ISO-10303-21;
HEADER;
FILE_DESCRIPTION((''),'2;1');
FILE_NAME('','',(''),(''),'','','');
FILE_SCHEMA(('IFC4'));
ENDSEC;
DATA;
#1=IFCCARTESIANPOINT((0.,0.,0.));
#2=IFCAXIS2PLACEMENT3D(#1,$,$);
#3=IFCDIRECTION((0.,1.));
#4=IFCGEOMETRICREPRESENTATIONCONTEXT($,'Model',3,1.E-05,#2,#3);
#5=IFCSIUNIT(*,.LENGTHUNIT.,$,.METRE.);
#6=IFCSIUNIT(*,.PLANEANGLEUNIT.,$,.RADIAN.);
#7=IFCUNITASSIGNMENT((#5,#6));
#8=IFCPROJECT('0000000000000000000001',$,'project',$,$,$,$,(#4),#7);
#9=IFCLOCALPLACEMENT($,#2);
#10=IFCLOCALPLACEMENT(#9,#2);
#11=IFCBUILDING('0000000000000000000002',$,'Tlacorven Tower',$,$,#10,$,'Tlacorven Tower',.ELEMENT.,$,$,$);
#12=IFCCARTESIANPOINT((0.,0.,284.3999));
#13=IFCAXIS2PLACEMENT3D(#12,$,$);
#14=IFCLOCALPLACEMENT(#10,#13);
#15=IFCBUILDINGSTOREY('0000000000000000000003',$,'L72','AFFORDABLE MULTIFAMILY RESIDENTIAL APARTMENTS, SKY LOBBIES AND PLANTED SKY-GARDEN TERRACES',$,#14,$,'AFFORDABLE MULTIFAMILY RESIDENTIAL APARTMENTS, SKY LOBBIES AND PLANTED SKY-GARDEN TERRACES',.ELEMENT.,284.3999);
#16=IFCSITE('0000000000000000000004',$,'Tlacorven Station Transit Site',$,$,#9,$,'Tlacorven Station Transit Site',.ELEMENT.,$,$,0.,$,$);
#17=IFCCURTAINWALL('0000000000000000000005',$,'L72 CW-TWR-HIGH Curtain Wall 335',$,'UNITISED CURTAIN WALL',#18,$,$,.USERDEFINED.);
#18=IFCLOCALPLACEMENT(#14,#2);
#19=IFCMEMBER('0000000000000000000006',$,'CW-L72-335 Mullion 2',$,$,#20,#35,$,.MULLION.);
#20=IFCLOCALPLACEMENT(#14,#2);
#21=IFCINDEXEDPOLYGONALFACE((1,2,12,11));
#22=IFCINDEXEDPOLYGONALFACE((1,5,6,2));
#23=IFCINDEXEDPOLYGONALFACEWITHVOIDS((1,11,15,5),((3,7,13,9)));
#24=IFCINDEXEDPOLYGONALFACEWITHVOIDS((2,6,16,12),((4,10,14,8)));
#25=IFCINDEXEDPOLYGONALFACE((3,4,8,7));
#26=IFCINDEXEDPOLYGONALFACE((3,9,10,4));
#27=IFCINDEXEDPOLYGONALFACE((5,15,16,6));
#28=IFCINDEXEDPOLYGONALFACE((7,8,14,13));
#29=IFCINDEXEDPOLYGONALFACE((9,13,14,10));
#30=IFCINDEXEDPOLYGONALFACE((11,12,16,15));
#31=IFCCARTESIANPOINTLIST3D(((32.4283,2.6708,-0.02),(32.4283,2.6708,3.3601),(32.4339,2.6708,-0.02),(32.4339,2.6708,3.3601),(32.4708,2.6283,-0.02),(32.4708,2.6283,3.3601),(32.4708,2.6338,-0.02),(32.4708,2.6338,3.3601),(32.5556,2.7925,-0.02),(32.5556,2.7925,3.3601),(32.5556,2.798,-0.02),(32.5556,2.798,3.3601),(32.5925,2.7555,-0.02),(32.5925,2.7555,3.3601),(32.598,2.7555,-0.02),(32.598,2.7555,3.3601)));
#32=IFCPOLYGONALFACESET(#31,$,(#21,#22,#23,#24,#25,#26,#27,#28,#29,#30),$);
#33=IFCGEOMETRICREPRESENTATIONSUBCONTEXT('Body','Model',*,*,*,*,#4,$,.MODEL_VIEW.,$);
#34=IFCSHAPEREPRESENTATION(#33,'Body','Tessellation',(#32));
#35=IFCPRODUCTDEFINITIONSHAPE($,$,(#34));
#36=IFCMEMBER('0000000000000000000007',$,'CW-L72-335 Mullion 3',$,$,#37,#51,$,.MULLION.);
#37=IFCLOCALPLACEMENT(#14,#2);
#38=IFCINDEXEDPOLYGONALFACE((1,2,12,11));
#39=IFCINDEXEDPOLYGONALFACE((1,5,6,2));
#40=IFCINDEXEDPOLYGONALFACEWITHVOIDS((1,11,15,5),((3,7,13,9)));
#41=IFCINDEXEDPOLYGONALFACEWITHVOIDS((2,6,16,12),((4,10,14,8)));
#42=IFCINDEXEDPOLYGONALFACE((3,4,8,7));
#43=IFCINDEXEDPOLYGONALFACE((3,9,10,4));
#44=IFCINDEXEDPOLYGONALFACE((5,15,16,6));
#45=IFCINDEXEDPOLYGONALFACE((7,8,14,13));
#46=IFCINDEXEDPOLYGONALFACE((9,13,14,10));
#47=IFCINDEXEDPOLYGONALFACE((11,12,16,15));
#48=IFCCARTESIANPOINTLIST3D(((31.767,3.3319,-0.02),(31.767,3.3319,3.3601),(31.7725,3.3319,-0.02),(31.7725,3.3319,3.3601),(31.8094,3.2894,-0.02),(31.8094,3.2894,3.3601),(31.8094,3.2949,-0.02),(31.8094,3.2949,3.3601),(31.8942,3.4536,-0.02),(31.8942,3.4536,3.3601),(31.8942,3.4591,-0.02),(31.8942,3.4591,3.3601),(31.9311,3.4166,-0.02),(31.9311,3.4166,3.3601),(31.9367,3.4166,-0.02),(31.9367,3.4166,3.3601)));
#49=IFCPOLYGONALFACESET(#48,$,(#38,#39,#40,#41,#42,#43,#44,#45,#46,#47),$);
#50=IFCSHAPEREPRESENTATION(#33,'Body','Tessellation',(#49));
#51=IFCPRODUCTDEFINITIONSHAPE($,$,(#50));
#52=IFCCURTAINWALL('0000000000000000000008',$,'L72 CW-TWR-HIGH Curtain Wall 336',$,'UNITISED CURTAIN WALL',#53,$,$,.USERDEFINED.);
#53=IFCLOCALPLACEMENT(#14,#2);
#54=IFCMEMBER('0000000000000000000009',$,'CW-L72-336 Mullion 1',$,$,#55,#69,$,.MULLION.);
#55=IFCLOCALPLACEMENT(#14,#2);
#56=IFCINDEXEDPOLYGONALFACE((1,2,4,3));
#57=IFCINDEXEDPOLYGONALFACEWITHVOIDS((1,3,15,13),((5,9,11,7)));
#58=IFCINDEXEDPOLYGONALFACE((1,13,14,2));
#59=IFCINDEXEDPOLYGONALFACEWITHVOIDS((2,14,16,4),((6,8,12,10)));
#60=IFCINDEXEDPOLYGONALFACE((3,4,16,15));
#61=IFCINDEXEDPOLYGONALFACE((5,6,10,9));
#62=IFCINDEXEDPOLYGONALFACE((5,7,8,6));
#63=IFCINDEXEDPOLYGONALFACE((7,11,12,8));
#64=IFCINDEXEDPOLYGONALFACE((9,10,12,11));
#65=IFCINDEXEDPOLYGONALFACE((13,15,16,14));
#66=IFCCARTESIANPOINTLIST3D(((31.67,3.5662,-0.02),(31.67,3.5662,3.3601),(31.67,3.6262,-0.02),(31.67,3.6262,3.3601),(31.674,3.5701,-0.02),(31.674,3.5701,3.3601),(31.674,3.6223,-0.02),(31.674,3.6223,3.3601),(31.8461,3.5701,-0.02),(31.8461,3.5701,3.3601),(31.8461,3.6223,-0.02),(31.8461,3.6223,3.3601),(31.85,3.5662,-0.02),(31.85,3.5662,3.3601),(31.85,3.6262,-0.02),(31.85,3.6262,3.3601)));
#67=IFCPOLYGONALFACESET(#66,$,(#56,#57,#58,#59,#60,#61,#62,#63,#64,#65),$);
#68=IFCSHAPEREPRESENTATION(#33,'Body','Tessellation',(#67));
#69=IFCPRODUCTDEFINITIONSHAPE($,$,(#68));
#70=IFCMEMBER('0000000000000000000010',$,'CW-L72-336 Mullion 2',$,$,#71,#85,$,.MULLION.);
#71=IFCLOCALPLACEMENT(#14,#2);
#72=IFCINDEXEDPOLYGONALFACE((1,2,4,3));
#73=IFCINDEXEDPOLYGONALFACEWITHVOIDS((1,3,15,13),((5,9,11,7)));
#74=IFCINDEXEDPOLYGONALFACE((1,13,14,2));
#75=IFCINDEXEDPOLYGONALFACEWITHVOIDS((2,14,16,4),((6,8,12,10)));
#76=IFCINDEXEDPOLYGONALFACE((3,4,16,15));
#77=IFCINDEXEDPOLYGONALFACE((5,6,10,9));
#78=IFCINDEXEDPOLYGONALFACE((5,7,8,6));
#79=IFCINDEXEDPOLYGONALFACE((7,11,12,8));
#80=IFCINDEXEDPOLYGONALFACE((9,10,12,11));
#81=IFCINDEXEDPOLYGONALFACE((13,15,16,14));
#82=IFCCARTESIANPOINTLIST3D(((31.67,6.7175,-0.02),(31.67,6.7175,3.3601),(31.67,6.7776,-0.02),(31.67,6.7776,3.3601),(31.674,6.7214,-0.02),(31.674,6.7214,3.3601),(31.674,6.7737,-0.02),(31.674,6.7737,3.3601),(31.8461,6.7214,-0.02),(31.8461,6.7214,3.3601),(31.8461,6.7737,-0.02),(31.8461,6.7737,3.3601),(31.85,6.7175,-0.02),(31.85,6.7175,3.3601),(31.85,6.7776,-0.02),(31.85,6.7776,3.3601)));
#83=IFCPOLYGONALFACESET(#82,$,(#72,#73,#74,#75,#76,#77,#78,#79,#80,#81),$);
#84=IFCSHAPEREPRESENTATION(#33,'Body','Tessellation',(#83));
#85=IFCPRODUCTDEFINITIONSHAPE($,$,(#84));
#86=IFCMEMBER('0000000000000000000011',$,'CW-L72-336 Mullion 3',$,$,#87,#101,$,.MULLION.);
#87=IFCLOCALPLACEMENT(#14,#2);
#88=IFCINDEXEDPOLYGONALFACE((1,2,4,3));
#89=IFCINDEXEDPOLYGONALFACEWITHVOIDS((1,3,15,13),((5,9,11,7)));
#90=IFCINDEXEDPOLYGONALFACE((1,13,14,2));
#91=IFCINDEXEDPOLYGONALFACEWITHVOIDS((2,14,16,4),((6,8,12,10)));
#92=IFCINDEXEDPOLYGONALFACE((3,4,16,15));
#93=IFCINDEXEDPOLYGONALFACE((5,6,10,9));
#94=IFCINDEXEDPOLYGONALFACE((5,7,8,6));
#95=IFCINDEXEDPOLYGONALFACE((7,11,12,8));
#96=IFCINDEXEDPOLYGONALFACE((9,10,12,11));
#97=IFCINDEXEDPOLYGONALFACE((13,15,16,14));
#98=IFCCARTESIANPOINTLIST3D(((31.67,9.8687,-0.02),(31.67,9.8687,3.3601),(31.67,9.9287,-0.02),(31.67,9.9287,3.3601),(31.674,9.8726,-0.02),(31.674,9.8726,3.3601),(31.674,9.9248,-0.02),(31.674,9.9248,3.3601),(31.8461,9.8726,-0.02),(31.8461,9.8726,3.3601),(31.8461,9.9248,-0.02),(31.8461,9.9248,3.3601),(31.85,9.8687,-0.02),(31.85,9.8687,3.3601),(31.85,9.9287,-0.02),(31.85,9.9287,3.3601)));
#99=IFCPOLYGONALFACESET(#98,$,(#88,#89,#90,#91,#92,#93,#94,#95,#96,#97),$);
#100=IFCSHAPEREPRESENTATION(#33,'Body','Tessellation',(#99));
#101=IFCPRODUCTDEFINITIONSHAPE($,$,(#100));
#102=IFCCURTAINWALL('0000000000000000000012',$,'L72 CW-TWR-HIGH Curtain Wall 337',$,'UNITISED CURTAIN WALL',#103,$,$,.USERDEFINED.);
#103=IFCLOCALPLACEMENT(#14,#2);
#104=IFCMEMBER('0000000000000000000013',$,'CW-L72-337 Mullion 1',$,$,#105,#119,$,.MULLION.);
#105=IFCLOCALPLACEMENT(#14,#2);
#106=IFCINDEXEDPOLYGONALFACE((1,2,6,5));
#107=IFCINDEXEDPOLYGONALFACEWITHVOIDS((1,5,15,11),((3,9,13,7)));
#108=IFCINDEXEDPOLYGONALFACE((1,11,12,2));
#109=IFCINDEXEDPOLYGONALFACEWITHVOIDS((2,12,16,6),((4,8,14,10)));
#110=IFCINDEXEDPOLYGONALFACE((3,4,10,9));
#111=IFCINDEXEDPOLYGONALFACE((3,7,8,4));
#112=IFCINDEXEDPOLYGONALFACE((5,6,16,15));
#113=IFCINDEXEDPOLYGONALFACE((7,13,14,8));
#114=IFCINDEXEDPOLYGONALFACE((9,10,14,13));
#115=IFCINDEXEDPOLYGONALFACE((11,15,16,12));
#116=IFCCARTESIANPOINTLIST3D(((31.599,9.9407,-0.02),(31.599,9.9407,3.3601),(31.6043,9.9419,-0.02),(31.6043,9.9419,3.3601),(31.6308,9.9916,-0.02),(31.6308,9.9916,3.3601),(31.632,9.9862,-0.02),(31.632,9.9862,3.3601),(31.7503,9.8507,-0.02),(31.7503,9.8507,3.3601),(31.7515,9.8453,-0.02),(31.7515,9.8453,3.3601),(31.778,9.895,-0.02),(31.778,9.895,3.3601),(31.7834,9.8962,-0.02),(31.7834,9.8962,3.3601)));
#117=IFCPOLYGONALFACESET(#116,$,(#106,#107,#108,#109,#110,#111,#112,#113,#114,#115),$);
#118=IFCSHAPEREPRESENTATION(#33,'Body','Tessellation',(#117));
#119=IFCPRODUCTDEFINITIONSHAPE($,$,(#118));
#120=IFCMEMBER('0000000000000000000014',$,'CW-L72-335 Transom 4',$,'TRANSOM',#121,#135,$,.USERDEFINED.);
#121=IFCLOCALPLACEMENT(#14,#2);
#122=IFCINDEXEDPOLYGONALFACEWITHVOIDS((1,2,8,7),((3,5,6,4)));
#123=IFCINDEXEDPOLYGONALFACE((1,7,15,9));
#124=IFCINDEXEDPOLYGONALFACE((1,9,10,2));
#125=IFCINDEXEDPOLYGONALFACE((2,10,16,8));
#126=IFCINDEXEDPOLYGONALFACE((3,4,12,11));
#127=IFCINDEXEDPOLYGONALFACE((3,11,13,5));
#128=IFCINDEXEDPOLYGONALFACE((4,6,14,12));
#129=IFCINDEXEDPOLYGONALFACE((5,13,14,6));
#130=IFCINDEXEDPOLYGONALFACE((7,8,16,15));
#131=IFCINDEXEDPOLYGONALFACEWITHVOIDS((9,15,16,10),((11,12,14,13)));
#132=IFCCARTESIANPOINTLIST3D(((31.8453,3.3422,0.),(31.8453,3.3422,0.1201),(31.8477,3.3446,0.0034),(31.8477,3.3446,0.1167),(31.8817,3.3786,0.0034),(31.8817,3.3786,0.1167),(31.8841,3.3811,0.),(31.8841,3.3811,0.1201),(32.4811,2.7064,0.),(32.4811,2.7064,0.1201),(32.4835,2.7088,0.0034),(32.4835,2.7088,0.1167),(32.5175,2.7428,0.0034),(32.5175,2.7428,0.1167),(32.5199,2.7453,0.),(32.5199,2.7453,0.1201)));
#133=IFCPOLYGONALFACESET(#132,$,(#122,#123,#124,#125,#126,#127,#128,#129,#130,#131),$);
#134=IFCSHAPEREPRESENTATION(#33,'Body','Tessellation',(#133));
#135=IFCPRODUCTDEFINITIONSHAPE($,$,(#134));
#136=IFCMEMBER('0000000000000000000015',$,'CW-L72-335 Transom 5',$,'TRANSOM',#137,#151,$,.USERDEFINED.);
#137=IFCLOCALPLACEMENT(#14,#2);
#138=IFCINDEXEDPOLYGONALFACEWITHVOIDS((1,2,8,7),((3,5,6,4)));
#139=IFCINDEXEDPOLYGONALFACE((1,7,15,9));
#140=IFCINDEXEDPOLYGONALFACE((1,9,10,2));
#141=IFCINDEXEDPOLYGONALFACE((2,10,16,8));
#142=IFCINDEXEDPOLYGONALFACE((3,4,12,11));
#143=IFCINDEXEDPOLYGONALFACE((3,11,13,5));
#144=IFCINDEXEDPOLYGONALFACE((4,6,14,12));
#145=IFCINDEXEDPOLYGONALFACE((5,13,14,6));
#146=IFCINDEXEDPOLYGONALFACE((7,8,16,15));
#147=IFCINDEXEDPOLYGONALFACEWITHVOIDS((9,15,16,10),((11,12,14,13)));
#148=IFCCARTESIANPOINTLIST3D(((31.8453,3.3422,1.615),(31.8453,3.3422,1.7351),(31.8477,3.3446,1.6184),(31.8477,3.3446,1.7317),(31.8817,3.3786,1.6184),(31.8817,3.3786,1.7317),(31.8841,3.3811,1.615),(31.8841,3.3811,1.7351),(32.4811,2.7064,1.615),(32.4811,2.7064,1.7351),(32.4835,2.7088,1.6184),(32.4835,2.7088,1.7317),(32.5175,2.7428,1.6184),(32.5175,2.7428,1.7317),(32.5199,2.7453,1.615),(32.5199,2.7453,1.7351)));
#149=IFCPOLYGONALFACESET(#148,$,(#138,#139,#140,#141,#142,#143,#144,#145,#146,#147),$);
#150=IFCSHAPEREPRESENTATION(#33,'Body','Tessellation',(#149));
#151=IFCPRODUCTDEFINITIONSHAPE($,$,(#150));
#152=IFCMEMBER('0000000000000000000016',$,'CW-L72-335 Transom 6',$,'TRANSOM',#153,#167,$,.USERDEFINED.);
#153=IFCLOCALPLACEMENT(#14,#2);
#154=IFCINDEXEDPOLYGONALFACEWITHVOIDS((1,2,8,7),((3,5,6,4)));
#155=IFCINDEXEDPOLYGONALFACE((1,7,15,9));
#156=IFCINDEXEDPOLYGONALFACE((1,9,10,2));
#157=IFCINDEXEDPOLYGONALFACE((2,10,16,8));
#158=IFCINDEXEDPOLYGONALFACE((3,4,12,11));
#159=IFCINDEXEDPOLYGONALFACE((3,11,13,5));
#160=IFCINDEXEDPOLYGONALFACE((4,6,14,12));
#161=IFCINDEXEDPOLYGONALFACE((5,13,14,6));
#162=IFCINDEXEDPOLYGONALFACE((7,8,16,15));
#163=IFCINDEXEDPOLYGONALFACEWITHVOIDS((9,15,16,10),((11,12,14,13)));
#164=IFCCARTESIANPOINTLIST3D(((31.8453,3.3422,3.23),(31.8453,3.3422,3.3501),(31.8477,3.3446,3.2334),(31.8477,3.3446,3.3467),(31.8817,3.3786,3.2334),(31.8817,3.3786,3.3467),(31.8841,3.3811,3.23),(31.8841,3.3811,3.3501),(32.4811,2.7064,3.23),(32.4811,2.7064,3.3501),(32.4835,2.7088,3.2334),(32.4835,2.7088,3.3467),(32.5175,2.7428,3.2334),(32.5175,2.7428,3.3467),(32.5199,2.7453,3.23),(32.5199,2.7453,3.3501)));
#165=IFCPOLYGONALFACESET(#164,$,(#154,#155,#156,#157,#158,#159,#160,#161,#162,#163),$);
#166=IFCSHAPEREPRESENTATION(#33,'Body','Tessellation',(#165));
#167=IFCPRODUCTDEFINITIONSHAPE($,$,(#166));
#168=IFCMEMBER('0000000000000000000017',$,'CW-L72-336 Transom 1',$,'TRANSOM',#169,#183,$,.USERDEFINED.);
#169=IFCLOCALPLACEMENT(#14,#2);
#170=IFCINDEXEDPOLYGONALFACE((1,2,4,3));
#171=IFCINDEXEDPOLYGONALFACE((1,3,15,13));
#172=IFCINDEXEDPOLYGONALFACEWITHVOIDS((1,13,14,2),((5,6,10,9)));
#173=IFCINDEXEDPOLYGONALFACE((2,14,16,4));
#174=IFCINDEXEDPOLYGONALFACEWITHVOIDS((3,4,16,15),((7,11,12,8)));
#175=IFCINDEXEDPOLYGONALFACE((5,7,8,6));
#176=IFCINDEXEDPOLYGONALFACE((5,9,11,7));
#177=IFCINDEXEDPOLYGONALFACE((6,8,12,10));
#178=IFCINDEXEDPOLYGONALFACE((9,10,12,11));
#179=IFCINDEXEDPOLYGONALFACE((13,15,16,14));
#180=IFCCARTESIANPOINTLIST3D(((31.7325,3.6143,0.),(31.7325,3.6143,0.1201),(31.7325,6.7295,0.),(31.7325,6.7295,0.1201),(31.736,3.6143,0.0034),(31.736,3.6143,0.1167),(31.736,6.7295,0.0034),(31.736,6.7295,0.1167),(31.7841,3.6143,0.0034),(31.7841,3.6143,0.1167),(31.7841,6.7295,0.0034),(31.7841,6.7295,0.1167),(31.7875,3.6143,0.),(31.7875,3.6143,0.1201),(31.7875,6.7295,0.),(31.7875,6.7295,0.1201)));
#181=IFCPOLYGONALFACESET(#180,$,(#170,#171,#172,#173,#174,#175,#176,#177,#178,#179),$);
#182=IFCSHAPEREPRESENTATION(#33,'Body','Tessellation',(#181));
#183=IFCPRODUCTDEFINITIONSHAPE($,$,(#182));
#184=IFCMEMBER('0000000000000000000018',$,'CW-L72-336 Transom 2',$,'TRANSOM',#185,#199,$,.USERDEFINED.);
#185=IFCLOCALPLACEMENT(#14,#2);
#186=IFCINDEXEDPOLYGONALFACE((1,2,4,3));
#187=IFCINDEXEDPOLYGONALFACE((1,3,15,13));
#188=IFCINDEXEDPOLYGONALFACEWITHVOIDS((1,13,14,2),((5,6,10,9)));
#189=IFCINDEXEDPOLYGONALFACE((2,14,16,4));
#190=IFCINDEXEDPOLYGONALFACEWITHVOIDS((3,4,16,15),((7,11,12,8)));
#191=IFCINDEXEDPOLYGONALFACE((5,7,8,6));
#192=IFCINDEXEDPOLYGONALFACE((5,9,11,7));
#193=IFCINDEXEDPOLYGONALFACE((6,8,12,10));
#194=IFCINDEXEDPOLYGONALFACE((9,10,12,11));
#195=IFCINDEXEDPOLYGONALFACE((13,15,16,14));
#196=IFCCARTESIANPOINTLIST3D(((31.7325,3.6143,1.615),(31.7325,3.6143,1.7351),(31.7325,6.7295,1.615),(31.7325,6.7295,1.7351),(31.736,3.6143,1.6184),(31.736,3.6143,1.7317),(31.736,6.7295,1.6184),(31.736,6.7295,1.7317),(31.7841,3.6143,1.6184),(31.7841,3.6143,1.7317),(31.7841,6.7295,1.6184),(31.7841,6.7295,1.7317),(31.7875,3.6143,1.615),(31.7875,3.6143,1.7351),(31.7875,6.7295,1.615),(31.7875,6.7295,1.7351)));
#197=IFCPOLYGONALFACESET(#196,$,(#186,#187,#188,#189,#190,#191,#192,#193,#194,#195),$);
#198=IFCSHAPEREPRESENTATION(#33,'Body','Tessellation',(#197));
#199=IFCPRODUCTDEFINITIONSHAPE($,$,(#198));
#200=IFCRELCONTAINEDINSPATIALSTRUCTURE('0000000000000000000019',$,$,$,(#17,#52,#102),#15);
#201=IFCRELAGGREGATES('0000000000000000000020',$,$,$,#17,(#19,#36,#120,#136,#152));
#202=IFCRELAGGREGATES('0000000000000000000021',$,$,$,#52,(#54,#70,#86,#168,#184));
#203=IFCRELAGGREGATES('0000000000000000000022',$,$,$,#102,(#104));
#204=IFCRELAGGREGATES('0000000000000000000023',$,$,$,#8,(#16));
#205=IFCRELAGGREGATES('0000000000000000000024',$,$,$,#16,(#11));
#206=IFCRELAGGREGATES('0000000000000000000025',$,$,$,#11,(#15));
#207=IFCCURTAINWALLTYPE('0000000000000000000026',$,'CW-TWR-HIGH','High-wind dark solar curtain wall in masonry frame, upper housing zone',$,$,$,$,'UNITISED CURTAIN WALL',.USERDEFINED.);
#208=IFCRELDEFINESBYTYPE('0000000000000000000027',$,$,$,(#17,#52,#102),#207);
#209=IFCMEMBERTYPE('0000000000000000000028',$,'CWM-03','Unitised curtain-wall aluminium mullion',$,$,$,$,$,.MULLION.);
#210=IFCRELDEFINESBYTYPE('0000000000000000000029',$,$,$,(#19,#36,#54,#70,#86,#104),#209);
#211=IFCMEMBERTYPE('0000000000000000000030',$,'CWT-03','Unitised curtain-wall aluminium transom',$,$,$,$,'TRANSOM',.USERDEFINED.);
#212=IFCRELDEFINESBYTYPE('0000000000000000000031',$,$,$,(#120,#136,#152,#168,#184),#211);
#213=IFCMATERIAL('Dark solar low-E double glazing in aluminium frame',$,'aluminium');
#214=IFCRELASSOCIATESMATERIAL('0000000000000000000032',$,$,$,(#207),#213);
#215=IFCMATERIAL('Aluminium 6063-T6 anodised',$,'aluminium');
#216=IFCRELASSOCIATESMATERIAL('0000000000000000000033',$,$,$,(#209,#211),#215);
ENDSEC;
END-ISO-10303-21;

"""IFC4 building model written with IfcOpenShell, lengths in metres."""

from ifc_helpers import new_model, si_unit, direction, frame, origin, origin_2d, place, context, subcontext, project, spatial, hollow_rectangle, extrude, source, transform, mapped, material, material_profile, profile_set, type_object, element, aggregate, save


model = new_model("IFC4")

# Units and contexts
model_context = context("Model", 3, precision=1e-05, world=origin(), true_north=direction((0.0, 1.0)))
body_context = subcontext(model_context, "Body", "Model", "MODEL_VIEW")
ifc_project = project(units=[si_unit("LENGTHUNIT", "METRE"), si_unit("PLANEANGLEUNIT", "RADIAN")], contexts=[model_context])

# Site, building, storey
site_placement = place(None, origin())
site = spatial("IfcSite", under=ifc_project, at=site_placement, Name="Tlacorven Station Transit Site", LongName="Tlacorven Station Transit Site", CompositionType="ELEMENT", RefElevation=0.0)
building_placement = place(site_placement, origin())
building = spatial("IfcBuilding", under=site, at=building_placement, Name="Tlacorven Tower", LongName="Tlacorven Tower", CompositionType="ELEMENT")
storey_placement = place(building_placement, frame((0.0, 0.0, 284.3999)))
storey = spatial("IfcBuildingStorey", under=building, at=storey_placement, Name="L72", Description="AFFORDABLE MULTIFAMILY RESIDENTIAL APARTMENTS, SKY LOBBIES AND PLANTED SKY-GARDEN TERRACES", LongName="AFFORDABLE MULTIFAMILY RESIDENTIAL APARTMENTS, SKY LOBBIES AND PLANTED SKY-GARDEN TERRACES", CompositionType="ELEMENT", Elevation=284.3999)

# Curtain walls, members
ifc_material_1 = material(Name="Dark solar low-E double glazing in aluminium frame", Category="aluminium")
curtain_wall_type = type_object("IfcCurtainWallType", Name="CW-TWR-HIGH", Description="High-wind dark solar curtain wall in masonry frame, upper housing zone", ElementType="UNITISED CURTAIN WALL", PredefinedType="USERDEFINED", material=ifc_material_1)
curtain_wall_1_placement = place(storey_placement, origin())
curtain_wall_1 = element("IfcCurtainWall", 1, at=curtain_wall_1_placement, inside=storey, type_object=curtain_wall_type, Name="L72 CW-TWR-HIGH Curtain Wall 335", ObjectType="UNITISED CURTAIN WALL", PredefinedType="USERDEFINED")
ifc_material_2 = material(Name="Aluminium 6063-T6 anodised", Category="aluminium")
ifc_material_profile_1 = material_profile(ifc_material_2, hollow_rectangle(XDim=0.0601, YDim=0.1799, WallThickness=0.0039, at=origin_2d()), Name="ALU MULLION 60X180")
ifc_profile_set_1 = profile_set([ifc_material_profile_1], Name="Aluminium 6063-T6 anodised")
member_type_1 = type_object("IfcMemberType", Name="CWM-03", Description="Unitised curtain-wall aluminium mullion", PredefinedType="MULLION", material=ifc_profile_set_1)
shared_shape_1 = source(origin(), body_context, "Body", "SweptSolid", [
    extrude(hollow_rectangle(XDim=0.0601, YDim=0.1799, WallThickness=0.0039, at=origin_2d()), origin(), (0.0, 0.0, 1.0), 3.3801),
])
member_1_placement = place(storey_placement, frame((32.5132, 2.7131, -0.02), z_axis=(0.0, 0.0, 1.0), x_axis=(-0.707107, 0.707107, 0.0)))
member_1 = element("IfcMember", 2, at=member_1_placement, type_object=member_type_1, Name="CW-L72-335 Mullion 2", PredefinedType="MULLION", context=body_context, shape_type="MappedRepresentation", body=[
    mapped(shared_shape_1, transform((0.0, 0.0, 0.0), scale=1.0)),
])
member_2_placement = place(storey_placement, frame((31.8518, 3.3743, -0.02), z_axis=(0.0, 0.0, 1.0), x_axis=(-0.707107, 0.707107, 0.0)))
member_2 = element("IfcMember", 3, at=member_2_placement, type_object=member_type_1, Name="CW-L72-335 Mullion 3", PredefinedType="MULLION", context=body_context, shape_type="MappedRepresentation", body=[
    mapped(shared_shape_1, transform((0.0, 0.0, 0.0), scale=1.0)),
])
curtain_wall_2_placement = place(storey_placement, origin())
curtain_wall_2 = element("IfcCurtainWall", 4, at=curtain_wall_2_placement, inside=storey, type_object=curtain_wall_type, Name="L72 CW-TWR-HIGH Curtain Wall 336", ObjectType="UNITISED CURTAIN WALL", PredefinedType="USERDEFINED")
member_3_placement = place(storey_placement, frame((31.76, 3.5962, -0.02), z_axis=(0.0, 0.0, 1.0), x_axis=(0.0, 1.0, 0.0)))
member_3 = element("IfcMember", 5, at=member_3_placement, type_object=member_type_1, Name="CW-L72-336 Mullion 1", PredefinedType="MULLION", context=body_context, shape_type="MappedRepresentation", body=[
    mapped(shared_shape_1, transform((0.0, 0.0, 0.0), scale=1.0)),
])
member_4_placement = place(storey_placement, frame((31.76, 6.7476, -0.02), z_axis=(0.0, 0.0, 1.0), x_axis=(0.0, 1.0, 0.0)))
member_4 = element("IfcMember", 6, at=member_4_placement, type_object=member_type_1, Name="CW-L72-336 Mullion 2", PredefinedType="MULLION", context=body_context, shape_type="MappedRepresentation", body=[
    mapped(shared_shape_1, transform((0.0, 0.0, 0.0), scale=1.0)),
])
member_5_placement = place(storey_placement, frame((31.76, 9.8987, -0.02), z_axis=(0.0, 0.0, 1.0), x_axis=(0.0, 1.0, 0.0)))
member_5 = element("IfcMember", 7, at=member_5_placement, type_object=member_type_1, Name="CW-L72-336 Mullion 3", PredefinedType="MULLION", context=body_context, shape_type="MappedRepresentation", body=[
    mapped(shared_shape_1, transform((0.0, 0.0, 0.0), scale=1.0)),
])

# Curtain wall, member
curtain_wall_3_placement = place(storey_placement, origin())
curtain_wall_3 = element("IfcCurtainWall", 8, at=curtain_wall_3_placement, inside=storey, type_object=curtain_wall_type, Name="L72 CW-TWR-HIGH Curtain Wall 337", ObjectType="UNITISED CURTAIN WALL", PredefinedType="USERDEFINED")
member_6_placement = place(storey_placement, frame((31.6912, 9.9185, -0.02), z_axis=(0.0, 0.0, 1.0), x_axis=(-0.529919, -0.848048, 0.0)))
member_6 = element("IfcMember", 9, at=member_6_placement, type_object=member_type_1, Name="CW-L72-337 Mullion 1", PredefinedType="MULLION", context=body_context, shape_type="MappedRepresentation", body=[
    mapped(shared_shape_1, transform((0.0, 0.0, 0.0), scale=1.0)),
])

# Members
ifc_material_profile_2 = material_profile(ifc_material_2, hollow_rectangle(XDim=0.0549, YDim=0.1201, WallThickness=0.0034, at=origin_2d()), Name="ALU TRANSOM 55X120")
ifc_profile_set_2 = profile_set([ifc_material_profile_2], Name="Aluminium 6063-T6 anodised")
member_type_2 = type_object("IfcMemberType", Name="CWT-03", Description="Unitised curtain-wall aluminium transom", ElementType="TRANSOM", PredefinedType="USERDEFINED", material=ifc_profile_set_2)
shared_shape_2 = source(origin(), body_context, "Body", "SweptSolid", [
    extrude(hollow_rectangle(XDim=0.0549, YDim=0.1201, WallThickness=0.0034, at=origin_2d()), origin(), (0.0, 0.0, 1.0), 0.8992),
])
member_7_placement = place(storey_placement, frame((32.5005, 2.7258, 0.0601), z_axis=(-0.707107, 0.707107, 0.0), x_axis=(-0.707107, -0.707107, 0.0)))
member_7 = element("IfcMember", 10, at=member_7_placement, type_object=member_type_2, Name="CW-L72-335 Transom 4", ObjectType="TRANSOM", PredefinedType="USERDEFINED", context=body_context, shape_type="MappedRepresentation", body=[
    mapped(shared_shape_2, transform((0.0, 0.0, 0.0), scale=1.0)),
])
member_8_placement = place(storey_placement, frame((32.5005, 2.7258, 1.675), z_axis=(-0.707107, 0.707107, 0.0), x_axis=(-0.707107, -0.707107, 0.0)))
member_8 = element("IfcMember", 11, at=member_8_placement, type_object=member_type_2, Name="CW-L72-335 Transom 5", ObjectType="TRANSOM", PredefinedType="USERDEFINED", context=body_context, shape_type="MappedRepresentation", body=[
    mapped(shared_shape_2, transform((0.0, 0.0, 0.0), scale=1.0)),
])
member_9_placement = place(storey_placement, frame((32.5005, 2.7258, 3.29), z_axis=(-0.707107, 0.707107, 0.0), x_axis=(-0.707107, -0.707107, 0.0)))
member_9 = element("IfcMember", 12, at=member_9_placement, type_object=member_type_2, Name="CW-L72-335 Transom 6", ObjectType="TRANSOM", PredefinedType="USERDEFINED", context=body_context, shape_type="MappedRepresentation", body=[
    mapped(shared_shape_2, transform((0.0, 0.0, 0.0), scale=1.0)),
])
shared_shape_3 = source(origin(), body_context, "Body", "SweptSolid", [
    extrude(hollow_rectangle(XDim=0.0549, YDim=0.1201, WallThickness=0.0034, at=origin_2d()), origin(), (0.0, 0.0, 1.0), 3.1152),
])
member_10_placement = place(storey_placement, frame((31.76, 3.6143, 0.0601), z_axis=(0.0, 1.0, 0.0), x_axis=(-1.0, 0.0, 0.0)))
member_10 = element("IfcMember", 13, at=member_10_placement, type_object=member_type_2, Name="CW-L72-336 Transom 1", ObjectType="TRANSOM", PredefinedType="USERDEFINED", context=body_context, shape_type="MappedRepresentation", body=[
    mapped(shared_shape_3, transform((0.0, 0.0, 0.0), scale=1.0)),
])
member_11_placement = place(storey_placement, frame((31.76, 3.6143, 1.675), z_axis=(0.0, 1.0, 0.0), x_axis=(-1.0, 0.0, 0.0)))
member_11 = element("IfcMember", 14, at=member_11_placement, type_object=member_type_2, Name="CW-L72-336 Transom 2", ObjectType="TRANSOM", PredefinedType="USERDEFINED", context=body_context, shape_type="MappedRepresentation", body=[
    mapped(shared_shape_3, transform((0.0, 0.0, 0.0), scale=1.0)),
])

aggregate(curtain_wall_1, [member_1, member_2, member_7, member_8, member_9])
aggregate(curtain_wall_2, [member_3, member_4, member_5, member_10, member_11])
aggregate(curtain_wall_3, [member_6])

save(model, "model.ifc")
